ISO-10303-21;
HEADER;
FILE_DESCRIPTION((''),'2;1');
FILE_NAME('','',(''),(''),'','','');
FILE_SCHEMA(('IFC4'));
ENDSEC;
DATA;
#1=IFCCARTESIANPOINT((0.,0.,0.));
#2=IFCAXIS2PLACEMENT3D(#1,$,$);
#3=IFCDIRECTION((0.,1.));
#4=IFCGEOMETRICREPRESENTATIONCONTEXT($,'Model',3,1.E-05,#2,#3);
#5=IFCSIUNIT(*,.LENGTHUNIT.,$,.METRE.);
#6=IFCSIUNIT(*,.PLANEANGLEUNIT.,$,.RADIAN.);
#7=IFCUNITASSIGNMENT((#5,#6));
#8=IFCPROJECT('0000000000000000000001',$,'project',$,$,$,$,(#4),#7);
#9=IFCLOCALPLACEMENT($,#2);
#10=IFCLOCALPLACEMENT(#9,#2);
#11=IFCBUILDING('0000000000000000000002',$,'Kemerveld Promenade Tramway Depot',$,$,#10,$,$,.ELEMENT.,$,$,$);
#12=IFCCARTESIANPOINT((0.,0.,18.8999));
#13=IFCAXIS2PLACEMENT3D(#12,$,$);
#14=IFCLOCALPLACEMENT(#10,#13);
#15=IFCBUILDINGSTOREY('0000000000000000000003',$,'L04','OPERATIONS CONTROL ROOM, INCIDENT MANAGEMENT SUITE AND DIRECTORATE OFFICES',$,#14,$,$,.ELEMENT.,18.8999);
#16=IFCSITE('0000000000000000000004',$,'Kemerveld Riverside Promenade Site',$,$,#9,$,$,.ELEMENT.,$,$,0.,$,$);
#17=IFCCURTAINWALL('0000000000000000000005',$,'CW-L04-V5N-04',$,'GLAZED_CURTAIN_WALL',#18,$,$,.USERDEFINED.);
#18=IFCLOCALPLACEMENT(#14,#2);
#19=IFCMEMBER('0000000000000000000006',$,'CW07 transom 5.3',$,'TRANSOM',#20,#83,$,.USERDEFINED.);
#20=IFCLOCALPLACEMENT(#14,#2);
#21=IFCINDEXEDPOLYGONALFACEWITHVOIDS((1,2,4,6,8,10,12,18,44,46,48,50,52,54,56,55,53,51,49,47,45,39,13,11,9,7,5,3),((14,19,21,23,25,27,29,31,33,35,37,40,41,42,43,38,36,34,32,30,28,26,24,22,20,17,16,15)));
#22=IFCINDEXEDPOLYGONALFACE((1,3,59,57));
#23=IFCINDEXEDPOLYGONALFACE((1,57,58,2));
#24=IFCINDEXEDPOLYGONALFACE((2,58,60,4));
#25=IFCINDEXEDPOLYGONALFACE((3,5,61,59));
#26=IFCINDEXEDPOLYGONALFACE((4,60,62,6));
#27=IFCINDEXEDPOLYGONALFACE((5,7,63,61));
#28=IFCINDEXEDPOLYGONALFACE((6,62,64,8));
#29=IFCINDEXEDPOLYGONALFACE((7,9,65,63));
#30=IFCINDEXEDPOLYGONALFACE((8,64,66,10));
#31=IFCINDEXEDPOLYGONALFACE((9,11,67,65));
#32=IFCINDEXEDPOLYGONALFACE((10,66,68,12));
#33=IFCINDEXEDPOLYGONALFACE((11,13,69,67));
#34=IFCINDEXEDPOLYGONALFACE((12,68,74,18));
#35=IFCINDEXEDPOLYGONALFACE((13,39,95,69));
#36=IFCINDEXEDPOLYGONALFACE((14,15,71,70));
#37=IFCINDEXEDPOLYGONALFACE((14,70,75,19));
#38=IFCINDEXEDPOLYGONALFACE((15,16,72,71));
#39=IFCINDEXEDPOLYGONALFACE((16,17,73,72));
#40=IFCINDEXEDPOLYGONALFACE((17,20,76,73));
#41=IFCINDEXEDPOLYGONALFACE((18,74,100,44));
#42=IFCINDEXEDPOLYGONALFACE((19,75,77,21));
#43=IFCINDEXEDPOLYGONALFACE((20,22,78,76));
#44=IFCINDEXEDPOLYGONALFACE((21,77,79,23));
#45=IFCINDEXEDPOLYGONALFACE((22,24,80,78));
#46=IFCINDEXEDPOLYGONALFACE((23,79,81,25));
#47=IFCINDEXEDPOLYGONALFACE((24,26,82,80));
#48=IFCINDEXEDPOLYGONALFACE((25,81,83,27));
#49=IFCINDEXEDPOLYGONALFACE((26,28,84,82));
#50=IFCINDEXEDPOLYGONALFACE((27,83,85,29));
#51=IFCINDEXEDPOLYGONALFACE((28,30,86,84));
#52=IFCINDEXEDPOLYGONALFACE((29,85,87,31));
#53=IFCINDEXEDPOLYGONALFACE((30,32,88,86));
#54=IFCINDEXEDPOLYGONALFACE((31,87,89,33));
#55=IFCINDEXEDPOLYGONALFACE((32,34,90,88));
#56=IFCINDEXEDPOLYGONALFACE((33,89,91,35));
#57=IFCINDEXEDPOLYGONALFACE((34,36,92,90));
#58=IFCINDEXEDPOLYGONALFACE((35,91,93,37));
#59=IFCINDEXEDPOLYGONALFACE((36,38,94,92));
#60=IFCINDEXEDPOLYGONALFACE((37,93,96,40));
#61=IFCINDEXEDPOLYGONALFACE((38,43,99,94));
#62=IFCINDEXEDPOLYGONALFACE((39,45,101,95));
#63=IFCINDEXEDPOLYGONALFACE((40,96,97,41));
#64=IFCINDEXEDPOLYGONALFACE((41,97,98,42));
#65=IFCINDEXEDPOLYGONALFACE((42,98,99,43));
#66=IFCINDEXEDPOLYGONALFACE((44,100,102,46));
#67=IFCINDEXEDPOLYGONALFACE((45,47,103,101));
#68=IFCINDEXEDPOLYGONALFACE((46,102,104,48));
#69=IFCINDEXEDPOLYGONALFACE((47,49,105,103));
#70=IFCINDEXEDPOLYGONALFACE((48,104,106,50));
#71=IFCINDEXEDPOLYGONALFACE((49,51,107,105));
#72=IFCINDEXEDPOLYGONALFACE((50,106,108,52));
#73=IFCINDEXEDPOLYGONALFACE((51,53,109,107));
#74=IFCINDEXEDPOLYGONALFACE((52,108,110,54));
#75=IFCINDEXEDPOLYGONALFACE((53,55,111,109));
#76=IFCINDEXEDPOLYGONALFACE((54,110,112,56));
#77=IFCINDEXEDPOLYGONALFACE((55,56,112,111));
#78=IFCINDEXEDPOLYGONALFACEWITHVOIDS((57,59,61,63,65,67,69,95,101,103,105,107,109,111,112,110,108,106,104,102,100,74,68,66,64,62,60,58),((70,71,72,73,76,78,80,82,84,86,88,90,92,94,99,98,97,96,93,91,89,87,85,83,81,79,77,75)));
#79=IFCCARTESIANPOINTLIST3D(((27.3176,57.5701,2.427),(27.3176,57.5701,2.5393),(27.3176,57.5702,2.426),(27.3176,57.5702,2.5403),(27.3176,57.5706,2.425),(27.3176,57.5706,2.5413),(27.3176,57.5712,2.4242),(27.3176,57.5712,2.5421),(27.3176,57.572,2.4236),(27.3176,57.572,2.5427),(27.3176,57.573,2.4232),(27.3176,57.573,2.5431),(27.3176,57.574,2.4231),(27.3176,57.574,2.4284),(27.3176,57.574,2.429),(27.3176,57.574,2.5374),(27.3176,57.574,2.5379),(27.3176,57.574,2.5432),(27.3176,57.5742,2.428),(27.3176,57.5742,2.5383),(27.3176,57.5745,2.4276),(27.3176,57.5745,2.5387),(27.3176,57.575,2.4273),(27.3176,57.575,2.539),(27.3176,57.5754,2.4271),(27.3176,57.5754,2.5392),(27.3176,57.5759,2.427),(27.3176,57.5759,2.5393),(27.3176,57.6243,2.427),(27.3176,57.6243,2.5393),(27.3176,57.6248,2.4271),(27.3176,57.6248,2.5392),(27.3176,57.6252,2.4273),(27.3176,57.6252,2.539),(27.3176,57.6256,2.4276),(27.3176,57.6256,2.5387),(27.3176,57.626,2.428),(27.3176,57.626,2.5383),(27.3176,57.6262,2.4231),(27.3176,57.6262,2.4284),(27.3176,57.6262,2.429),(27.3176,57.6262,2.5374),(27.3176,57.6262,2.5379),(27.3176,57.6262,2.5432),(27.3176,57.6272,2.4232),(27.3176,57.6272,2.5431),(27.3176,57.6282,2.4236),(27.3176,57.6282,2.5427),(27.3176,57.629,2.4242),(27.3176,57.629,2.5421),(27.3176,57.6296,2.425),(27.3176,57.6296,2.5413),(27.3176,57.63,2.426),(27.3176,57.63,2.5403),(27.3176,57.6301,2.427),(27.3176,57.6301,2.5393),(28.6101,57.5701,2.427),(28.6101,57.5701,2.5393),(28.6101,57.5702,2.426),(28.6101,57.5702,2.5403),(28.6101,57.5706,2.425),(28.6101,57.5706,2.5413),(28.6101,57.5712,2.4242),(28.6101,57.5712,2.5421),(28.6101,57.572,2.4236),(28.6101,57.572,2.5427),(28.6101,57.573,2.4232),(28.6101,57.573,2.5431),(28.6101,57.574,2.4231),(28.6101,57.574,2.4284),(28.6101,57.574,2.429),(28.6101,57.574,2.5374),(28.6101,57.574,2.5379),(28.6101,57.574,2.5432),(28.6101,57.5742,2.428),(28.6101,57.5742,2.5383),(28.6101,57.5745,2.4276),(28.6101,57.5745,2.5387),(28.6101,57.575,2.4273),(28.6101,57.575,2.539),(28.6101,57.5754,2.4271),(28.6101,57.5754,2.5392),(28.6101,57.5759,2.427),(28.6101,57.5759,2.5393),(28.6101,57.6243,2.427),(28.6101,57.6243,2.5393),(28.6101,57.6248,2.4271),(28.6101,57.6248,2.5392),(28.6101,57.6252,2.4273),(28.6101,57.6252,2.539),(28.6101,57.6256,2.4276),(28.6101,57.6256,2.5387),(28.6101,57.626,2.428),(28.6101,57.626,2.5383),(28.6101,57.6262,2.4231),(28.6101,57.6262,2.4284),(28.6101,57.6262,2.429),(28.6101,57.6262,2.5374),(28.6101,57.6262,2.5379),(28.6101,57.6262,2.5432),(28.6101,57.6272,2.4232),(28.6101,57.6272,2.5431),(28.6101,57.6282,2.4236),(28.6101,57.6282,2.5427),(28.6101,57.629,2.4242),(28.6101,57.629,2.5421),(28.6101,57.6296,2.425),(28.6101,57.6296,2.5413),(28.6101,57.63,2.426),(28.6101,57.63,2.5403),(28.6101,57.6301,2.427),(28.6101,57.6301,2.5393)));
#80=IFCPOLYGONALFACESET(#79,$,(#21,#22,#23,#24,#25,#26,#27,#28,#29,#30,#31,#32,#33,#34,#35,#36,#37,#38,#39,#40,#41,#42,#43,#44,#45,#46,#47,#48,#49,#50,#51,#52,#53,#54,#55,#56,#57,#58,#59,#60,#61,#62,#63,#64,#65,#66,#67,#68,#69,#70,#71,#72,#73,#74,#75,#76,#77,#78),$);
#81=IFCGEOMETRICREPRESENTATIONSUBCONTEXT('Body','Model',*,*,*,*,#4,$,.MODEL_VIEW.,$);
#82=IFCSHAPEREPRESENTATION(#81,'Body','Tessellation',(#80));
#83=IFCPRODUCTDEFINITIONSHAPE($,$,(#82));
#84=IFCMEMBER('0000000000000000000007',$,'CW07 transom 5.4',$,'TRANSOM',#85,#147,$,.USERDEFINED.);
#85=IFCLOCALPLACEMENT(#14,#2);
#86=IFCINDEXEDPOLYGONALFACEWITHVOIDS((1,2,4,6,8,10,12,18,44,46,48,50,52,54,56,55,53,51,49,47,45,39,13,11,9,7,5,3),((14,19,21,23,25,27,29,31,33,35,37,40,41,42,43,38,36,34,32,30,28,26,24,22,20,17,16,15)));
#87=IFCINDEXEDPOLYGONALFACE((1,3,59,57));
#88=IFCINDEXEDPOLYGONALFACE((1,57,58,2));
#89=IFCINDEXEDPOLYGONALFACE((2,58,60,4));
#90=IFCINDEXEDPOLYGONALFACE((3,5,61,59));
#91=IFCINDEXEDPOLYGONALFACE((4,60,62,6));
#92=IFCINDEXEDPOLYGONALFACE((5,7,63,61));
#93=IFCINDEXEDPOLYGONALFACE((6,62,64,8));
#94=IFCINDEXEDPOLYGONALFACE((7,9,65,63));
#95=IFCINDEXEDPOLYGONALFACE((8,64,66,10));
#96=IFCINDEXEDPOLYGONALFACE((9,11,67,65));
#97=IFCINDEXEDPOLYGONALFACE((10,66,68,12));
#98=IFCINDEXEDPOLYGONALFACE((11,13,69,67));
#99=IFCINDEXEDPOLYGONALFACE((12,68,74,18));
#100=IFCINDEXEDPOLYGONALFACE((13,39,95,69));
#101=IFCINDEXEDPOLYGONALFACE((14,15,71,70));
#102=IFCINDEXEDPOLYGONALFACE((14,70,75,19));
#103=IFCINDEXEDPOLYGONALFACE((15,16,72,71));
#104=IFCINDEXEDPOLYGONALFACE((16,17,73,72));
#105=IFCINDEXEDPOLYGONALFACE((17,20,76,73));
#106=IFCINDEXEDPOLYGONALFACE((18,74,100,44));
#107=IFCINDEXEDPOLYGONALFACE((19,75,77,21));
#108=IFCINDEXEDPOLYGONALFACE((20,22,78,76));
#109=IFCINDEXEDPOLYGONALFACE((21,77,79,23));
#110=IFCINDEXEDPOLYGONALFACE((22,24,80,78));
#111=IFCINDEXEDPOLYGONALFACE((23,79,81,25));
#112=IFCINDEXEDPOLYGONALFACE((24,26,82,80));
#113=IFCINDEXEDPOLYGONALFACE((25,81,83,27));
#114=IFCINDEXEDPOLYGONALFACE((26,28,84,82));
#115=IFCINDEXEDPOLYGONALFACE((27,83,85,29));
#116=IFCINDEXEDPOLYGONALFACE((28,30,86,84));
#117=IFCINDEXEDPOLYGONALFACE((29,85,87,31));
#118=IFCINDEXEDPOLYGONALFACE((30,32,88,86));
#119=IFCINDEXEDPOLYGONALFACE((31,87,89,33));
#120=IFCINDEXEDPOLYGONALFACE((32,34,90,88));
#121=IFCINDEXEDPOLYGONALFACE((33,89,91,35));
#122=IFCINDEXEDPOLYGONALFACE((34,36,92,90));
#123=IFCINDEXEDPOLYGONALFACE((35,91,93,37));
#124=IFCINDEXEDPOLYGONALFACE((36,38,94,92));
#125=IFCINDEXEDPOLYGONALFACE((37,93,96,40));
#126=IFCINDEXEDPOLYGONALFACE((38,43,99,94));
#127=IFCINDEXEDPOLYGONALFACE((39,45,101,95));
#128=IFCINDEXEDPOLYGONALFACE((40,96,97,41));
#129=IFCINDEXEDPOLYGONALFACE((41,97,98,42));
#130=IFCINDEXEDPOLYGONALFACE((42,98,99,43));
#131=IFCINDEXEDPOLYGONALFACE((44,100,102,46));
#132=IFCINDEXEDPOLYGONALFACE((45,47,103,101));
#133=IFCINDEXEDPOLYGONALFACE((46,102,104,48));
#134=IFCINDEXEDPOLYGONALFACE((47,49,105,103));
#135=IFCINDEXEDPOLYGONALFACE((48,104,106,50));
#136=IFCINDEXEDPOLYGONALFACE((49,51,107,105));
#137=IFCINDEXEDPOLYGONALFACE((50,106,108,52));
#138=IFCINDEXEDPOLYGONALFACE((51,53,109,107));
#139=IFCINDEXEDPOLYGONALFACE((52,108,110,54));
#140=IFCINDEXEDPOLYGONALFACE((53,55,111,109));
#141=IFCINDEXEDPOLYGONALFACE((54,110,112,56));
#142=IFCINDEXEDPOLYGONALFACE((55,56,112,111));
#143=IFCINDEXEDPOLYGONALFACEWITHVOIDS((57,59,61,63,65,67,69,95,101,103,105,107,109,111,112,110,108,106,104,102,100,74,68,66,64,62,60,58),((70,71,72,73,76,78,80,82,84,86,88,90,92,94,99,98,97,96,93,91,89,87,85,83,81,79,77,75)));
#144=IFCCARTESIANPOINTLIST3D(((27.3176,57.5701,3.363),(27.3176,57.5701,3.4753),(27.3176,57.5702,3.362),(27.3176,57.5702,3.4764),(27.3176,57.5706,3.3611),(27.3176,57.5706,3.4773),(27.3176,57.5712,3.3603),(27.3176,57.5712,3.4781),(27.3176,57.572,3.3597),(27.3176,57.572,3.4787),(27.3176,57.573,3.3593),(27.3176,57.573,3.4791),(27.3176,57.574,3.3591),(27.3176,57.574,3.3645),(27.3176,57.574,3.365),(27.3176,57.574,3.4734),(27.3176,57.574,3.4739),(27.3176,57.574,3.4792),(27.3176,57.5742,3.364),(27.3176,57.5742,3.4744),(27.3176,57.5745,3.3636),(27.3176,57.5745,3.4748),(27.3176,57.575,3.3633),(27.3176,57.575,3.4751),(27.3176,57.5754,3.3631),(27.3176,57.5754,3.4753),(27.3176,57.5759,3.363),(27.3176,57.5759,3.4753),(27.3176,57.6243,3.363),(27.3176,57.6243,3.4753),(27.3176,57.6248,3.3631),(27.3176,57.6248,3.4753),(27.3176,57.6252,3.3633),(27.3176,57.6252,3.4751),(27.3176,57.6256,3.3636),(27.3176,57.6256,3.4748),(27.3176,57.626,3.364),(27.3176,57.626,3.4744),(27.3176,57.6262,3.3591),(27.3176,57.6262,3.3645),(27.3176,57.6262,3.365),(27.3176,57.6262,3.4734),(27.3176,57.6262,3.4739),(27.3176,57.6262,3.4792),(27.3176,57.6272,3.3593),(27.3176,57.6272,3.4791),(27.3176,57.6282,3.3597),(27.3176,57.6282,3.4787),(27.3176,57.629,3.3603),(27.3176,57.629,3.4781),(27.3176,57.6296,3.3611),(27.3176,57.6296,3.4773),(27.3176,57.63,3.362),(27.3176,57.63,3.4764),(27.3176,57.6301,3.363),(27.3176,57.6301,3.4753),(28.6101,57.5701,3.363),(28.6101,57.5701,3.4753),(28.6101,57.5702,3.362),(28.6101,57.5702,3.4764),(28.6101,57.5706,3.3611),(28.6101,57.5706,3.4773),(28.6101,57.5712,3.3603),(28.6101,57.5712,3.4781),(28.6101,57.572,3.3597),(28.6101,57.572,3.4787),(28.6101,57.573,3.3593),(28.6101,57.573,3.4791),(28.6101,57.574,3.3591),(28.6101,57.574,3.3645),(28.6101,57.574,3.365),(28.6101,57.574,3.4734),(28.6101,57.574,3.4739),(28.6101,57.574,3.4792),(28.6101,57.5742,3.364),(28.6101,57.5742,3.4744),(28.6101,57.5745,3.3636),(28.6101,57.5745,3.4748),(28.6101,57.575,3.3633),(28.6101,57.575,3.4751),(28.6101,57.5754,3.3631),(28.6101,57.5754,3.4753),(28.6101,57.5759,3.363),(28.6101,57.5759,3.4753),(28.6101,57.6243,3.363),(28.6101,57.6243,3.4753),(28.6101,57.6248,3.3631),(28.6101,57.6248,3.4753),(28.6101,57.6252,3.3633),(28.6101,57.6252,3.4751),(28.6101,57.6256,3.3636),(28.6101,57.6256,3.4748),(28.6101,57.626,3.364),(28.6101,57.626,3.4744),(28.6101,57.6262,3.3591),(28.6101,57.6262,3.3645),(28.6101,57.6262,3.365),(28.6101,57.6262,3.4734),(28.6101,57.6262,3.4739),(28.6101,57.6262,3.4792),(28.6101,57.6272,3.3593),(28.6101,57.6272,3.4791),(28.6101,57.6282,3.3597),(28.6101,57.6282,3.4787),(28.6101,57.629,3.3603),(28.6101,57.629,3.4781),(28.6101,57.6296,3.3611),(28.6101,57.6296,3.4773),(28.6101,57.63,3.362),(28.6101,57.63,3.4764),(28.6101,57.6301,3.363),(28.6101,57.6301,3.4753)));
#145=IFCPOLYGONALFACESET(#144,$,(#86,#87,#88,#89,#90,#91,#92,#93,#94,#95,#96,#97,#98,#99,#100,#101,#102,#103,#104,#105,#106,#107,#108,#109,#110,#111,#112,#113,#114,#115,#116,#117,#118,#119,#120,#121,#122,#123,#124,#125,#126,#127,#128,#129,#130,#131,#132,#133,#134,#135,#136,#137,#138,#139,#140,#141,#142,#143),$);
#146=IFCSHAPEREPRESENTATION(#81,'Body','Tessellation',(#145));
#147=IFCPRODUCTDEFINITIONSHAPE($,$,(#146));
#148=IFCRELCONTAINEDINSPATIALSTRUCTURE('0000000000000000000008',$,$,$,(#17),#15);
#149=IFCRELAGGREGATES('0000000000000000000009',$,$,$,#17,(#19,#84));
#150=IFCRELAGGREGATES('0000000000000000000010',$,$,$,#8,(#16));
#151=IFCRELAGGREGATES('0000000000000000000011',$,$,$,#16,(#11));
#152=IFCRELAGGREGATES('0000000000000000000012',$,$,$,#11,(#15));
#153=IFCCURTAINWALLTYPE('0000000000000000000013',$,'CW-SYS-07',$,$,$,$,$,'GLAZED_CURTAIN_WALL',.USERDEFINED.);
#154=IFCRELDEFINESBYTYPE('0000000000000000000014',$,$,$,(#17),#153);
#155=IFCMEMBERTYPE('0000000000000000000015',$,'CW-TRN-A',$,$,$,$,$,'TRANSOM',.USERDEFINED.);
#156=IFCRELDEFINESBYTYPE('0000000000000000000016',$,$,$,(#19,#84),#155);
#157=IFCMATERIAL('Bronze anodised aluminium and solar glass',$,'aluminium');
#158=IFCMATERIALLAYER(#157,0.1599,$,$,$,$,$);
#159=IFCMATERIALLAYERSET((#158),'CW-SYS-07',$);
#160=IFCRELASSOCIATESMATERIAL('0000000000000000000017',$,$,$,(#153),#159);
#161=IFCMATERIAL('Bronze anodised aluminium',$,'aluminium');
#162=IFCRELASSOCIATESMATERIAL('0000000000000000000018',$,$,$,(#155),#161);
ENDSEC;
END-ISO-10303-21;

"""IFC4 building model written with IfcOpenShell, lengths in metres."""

from ifc_helpers import new_model, si_unit, direction, frame, origin, origin_2d, place, context, subcontext, project, spatial, hollow_rectangle, extrude, material, layer, layer_set, material_profile, profile_set, type_object, element, aggregate, save


model = new_model("IFC4")

# Units and contexts
model_context = context("Model", 3, precision=1e-05, world=origin(), true_north=direction((0.0, 1.0)))
body_context = subcontext(model_context, "Body", "Model", "MODEL_VIEW")
ifc_project = project(units=[si_unit("LENGTHUNIT", "METRE"), si_unit("PLANEANGLEUNIT", "RADIAN")], contexts=[model_context])

# Site, building, storey
site_placement = place(None, origin())
site = spatial("IfcSite", under=ifc_project, at=site_placement, Name="Kemerveld Riverside Promenade Site", CompositionType="ELEMENT", RefElevation=0.0)
building_placement = place(site_placement, origin())
building = spatial("IfcBuilding", under=site, at=building_placement, Name="Kemerveld Promenade Tramway Depot", CompositionType="ELEMENT")
storey_placement = place(building_placement, frame((0.0, 0.0, 18.8999)))
storey = spatial("IfcBuildingStorey", under=building, at=storey_placement, Name="L04", Description="OPERATIONS CONTROL ROOM, INCIDENT MANAGEMENT SUITE AND DIRECTORATE OFFICES", CompositionType="ELEMENT", Elevation=18.8999)

# Curtain wall
ifc_material_1 = material(Name="Bronze anodised aluminium and solar glass", Category="aluminium")
ifc_layer_1 = layer(ifc_material_1, 0.1599)
ifc_layer_set_1 = layer_set([ifc_layer_1], Name="CW-SYS-07")
curtain_wall_type_1 = type_object("IfcCurtainWallType", Name="CW-SYS-07", ElementType="GLAZED_CURTAIN_WALL", PredefinedType="USERDEFINED", material=ifc_layer_set_1)
curtain_wall_1_placement = place(storey_placement, origin())
curtain_wall_1 = element("IfcCurtainWall", 1, at=curtain_wall_1_placement, inside=storey, type_object=curtain_wall_type_1, Name="CW-L04-V5N-04", ObjectType="GLAZED_CURTAIN_WALL", PredefinedType="USERDEFINED")
ifc_material_2 = material(Name="Bronze anodised aluminium", Category="aluminium")

# Members
ifc_material_profile_1 = material_profile(ifc_material_2, hollow_rectangle(XDim=0.0601, YDim=0.1201, WallThickness=0.0039, InnerFilletRadius=0.002, OuterFilletRadius=0.0039, at=origin_2d()), Name="CW-TRN-120x60")
ifc_profile_set_1 = profile_set([ifc_material_profile_1], Name="Bronze anodised aluminium")
member_type_1 = type_object("IfcMemberType", Name="CW-TRN-A", ElementType="TRANSOM", PredefinedType="USERDEFINED", material=ifc_profile_set_1)
member_1_placement = place(storey_placement, frame((27.3176, 57.6001, 2.4832), z_axis=(1.0, 0.0, 0.0), x_axis=(0.0, 1.0, 0.0)))
member_1 = element("IfcMember", 2, at=member_1_placement, type_object=member_type_1, Name="CW07 transom 5.3", ObjectType="TRANSOM", PredefinedType="USERDEFINED", context=body_context, shape_type="SweptSolid", body=[
    extrude(hollow_rectangle(XDim=0.0601, YDim=0.1201, WallThickness=0.0039, InnerFilletRadius=0.002, OuterFilletRadius=0.0039, at=origin_2d()), origin(), (0.0, 0.0, 1.0), 1.2925),
])
member_2_placement = place(storey_placement, frame((27.3176, 57.6001, 3.4192), z_axis=(1.0, 0.0, 0.0), x_axis=(0.0, 1.0, 0.0)))
member_2 = element("IfcMember", 3, at=member_2_placement, type_object=member_type_1, Name="CW07 transom 5.4", ObjectType="TRANSOM", PredefinedType="USERDEFINED", context=body_context, shape_type="SweptSolid", body=[
    extrude(hollow_rectangle(XDim=0.0601, YDim=0.1201, WallThickness=0.0039, InnerFilletRadius=0.002, OuterFilletRadius=0.0039, at=origin_2d()), origin(), (0.0, 0.0, 1.0), 1.2925),
])

aggregate(curtain_wall_1, [member_1, member_2])

save(model, "model.ifc")
